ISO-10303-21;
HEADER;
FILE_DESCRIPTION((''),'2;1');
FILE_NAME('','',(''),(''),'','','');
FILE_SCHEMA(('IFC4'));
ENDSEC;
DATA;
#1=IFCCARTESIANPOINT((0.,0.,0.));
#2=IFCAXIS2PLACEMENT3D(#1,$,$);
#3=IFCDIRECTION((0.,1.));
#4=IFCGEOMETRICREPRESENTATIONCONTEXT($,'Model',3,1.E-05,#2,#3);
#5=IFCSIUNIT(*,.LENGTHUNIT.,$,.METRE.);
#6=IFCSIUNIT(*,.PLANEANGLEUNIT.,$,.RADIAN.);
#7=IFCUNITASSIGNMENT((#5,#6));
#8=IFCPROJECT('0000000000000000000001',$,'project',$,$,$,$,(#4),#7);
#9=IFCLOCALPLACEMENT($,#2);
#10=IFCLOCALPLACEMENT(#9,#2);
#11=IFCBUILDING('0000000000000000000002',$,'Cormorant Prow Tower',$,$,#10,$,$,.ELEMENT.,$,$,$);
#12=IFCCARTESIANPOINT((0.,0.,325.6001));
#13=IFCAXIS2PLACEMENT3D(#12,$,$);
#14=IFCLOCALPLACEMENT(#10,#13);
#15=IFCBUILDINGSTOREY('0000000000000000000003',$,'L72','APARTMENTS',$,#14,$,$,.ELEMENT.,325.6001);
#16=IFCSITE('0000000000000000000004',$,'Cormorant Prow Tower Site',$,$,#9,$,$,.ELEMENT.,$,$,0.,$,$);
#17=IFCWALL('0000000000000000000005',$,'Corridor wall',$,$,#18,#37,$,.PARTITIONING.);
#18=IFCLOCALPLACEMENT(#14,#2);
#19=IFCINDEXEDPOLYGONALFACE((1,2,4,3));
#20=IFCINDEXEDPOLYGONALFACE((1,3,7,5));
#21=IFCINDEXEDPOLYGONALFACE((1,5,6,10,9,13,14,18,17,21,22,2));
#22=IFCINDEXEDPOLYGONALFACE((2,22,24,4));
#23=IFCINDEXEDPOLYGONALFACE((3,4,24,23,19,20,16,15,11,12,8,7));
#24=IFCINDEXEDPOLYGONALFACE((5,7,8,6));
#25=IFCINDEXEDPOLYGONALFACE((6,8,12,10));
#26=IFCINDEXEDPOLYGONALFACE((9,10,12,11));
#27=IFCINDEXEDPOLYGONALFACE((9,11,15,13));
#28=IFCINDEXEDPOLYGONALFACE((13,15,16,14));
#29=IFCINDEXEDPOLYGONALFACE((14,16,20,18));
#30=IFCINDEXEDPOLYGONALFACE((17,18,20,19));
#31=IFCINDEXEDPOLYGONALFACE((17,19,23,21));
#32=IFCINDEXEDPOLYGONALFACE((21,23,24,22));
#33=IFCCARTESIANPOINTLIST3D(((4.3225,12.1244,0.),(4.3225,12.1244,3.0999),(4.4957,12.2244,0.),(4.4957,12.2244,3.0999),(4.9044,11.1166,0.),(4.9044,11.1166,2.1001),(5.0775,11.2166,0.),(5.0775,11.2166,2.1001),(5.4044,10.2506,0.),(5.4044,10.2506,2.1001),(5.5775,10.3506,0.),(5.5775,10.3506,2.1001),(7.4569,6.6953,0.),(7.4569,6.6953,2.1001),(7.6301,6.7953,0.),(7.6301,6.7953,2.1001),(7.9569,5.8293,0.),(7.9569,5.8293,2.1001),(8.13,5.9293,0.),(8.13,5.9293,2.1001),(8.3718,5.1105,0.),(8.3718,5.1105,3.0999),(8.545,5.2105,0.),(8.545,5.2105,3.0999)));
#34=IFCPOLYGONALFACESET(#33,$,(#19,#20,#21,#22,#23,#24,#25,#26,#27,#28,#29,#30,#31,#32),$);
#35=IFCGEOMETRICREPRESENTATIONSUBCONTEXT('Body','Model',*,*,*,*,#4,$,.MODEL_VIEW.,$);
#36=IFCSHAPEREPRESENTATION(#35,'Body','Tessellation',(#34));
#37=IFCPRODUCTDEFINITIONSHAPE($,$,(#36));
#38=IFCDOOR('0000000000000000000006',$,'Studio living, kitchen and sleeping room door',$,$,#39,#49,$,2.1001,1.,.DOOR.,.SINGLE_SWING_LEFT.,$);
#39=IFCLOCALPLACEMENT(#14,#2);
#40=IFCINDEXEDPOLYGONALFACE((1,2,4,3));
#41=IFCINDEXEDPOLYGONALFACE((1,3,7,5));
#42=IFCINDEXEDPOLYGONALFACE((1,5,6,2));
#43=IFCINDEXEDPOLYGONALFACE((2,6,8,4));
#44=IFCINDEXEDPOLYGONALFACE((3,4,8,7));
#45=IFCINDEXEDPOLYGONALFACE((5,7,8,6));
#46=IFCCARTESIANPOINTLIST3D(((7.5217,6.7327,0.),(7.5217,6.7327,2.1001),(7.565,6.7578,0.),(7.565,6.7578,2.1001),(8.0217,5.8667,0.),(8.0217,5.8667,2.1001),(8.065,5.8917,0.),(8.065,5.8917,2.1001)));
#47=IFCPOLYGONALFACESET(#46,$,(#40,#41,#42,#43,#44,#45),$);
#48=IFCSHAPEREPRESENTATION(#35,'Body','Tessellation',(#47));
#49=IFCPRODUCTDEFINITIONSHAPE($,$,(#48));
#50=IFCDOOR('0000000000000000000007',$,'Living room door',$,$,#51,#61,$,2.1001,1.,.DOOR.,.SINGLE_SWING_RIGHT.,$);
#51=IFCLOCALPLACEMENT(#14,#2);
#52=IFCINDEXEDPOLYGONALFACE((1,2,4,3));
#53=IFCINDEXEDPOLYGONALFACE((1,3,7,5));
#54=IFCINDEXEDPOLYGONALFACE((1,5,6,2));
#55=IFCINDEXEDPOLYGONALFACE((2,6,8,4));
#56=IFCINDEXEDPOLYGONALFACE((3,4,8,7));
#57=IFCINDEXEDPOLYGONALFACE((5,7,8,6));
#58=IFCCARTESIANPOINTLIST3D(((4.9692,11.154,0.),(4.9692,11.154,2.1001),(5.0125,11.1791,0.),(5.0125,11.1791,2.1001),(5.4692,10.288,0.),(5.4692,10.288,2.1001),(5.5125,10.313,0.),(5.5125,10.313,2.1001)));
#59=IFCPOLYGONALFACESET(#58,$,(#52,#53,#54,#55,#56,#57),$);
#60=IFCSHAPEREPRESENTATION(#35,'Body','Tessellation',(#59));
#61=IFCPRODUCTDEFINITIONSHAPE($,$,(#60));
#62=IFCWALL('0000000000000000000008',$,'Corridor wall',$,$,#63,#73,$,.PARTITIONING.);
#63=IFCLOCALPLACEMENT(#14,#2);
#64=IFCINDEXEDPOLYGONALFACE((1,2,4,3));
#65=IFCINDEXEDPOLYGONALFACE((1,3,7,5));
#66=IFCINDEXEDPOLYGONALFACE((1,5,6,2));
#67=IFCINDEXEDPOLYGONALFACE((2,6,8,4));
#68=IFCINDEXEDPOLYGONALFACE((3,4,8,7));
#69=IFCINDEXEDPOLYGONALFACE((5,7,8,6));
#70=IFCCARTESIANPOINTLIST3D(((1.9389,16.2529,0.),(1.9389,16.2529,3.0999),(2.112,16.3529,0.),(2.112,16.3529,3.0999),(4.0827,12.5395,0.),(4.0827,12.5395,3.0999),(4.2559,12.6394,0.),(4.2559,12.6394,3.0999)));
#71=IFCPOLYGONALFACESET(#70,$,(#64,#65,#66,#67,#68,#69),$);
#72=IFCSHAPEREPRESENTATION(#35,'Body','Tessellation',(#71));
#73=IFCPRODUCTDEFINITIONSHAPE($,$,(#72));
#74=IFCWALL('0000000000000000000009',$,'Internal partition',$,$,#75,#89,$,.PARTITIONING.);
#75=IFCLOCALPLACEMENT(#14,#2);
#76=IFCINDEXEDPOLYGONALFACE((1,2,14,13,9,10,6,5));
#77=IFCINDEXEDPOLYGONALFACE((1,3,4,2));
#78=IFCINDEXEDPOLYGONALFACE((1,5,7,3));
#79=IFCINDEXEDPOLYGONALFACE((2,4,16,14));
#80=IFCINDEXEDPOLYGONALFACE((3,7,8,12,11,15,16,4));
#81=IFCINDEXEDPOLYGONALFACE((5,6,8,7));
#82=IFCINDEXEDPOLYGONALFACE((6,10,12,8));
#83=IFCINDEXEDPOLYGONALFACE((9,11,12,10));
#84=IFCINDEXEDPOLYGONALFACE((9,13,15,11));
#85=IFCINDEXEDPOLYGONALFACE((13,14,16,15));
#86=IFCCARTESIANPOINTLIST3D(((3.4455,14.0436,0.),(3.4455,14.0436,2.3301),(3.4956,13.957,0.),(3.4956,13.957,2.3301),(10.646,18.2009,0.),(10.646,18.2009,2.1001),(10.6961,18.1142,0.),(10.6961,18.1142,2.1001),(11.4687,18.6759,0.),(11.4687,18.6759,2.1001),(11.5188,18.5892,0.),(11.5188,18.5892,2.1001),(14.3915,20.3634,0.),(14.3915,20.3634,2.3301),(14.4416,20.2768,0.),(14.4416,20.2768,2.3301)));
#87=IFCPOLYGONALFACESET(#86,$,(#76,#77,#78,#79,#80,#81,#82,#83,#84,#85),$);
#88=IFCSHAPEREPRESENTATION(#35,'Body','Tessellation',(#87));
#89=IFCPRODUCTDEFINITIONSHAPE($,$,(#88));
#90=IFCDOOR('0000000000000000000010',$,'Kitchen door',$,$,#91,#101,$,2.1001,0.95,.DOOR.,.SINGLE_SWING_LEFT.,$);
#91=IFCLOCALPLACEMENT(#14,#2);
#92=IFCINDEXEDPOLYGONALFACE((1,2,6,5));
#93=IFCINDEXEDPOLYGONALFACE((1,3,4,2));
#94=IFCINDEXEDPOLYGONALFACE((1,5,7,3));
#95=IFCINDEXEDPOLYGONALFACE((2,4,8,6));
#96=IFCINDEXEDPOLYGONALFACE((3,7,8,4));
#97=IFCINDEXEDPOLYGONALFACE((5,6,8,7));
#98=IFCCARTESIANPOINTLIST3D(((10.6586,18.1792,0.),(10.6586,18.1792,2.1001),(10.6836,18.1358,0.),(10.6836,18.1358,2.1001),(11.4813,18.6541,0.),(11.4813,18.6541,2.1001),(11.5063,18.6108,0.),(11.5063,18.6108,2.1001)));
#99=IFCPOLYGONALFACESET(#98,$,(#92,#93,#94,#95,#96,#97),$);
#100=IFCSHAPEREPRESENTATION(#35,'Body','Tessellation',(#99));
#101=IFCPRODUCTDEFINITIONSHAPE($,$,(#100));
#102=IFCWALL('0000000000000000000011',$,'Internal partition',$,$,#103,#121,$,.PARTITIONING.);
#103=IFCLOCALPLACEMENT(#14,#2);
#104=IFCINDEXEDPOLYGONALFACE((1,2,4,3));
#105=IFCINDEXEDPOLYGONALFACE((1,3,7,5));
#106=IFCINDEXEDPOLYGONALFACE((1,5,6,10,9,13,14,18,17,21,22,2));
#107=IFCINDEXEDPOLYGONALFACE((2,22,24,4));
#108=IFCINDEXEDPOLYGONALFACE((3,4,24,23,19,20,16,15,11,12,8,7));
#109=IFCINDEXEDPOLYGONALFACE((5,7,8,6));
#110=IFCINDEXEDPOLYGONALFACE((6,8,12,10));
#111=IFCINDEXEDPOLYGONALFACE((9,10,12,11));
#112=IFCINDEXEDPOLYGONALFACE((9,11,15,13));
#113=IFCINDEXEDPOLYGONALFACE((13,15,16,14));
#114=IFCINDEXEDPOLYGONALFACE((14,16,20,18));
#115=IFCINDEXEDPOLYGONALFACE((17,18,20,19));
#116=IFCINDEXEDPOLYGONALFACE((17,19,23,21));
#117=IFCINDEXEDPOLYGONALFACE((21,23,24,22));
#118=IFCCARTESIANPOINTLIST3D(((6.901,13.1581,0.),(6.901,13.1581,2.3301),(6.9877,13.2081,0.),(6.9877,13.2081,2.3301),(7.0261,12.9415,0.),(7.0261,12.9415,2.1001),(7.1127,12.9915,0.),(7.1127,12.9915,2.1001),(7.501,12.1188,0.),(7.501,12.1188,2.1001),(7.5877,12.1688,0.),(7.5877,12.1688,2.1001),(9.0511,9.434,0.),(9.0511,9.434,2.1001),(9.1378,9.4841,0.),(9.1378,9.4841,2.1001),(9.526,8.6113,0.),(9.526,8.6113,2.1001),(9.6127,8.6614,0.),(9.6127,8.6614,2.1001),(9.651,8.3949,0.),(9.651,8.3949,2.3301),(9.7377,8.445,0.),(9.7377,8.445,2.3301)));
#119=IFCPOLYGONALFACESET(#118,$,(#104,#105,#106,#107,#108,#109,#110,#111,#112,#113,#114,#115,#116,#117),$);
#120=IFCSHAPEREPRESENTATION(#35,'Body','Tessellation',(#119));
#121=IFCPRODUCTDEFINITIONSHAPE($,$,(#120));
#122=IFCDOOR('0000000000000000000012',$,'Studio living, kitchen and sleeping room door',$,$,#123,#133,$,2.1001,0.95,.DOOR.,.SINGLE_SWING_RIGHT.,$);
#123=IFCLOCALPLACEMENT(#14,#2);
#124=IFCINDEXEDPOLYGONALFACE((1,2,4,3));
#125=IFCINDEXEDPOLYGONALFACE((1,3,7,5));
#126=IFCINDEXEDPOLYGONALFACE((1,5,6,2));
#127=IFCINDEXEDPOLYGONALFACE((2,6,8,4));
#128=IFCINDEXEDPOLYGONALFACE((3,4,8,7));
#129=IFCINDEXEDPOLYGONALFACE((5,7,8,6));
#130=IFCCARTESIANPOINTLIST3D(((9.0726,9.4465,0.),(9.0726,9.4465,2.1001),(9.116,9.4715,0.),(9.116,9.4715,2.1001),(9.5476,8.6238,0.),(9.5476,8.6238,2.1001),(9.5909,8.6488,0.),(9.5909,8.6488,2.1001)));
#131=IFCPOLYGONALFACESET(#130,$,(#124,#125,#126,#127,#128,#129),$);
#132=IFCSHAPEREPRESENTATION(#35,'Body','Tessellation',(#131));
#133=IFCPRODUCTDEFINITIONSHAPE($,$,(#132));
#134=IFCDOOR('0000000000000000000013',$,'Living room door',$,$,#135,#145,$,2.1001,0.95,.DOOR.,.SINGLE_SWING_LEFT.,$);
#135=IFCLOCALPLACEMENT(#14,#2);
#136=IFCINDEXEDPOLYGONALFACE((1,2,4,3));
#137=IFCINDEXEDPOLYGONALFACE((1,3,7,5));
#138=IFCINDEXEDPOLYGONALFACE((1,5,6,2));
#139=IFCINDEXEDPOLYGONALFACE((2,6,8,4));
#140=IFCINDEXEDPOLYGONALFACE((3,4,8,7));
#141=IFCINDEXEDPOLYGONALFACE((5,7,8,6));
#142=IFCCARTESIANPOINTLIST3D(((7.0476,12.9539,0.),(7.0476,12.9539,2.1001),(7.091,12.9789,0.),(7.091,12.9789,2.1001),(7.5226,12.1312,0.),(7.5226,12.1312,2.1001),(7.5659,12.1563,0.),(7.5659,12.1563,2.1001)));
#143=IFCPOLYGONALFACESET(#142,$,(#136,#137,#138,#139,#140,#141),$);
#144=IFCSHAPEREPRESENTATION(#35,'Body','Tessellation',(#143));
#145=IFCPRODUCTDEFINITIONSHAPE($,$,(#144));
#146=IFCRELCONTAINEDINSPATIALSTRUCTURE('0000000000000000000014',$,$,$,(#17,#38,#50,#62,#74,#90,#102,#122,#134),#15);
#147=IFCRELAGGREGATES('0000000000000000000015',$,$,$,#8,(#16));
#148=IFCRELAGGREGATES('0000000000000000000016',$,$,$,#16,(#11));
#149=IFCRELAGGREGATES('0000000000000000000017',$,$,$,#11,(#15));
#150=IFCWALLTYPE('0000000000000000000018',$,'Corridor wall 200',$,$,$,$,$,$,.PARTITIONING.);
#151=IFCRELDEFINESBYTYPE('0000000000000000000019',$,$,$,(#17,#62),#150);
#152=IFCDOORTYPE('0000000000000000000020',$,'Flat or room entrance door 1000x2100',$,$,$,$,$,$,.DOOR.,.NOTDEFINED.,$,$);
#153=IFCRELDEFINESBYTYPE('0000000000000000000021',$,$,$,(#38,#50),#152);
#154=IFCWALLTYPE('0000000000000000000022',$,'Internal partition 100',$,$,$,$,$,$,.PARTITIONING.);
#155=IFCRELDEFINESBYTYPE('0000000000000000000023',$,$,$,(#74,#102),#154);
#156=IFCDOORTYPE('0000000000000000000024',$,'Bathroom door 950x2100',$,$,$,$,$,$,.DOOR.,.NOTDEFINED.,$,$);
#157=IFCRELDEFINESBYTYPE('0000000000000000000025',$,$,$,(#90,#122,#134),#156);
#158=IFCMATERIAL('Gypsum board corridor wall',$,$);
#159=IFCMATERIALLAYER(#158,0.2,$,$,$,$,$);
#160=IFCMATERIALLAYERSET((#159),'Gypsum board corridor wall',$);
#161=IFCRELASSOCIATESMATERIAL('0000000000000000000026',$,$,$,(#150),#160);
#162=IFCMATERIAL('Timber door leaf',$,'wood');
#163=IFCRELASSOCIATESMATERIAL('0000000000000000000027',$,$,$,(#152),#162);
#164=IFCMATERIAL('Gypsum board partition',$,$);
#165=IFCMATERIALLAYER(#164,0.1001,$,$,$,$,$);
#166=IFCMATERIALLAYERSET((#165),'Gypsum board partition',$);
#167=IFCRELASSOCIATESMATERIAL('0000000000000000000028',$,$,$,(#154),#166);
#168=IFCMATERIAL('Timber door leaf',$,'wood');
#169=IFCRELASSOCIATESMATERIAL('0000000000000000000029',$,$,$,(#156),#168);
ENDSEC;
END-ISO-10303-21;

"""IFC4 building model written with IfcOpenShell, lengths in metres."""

from ifc_helpers import new_model, si_unit, direction, frame, frame_2d, origin, place, context, subcontext, project, spatial, rectangle, extrude, material, layer, layer_set, type_object, element, fill, save


model = new_model("IFC4")

# Units and contexts
model_context = context("Model", 3, precision=1e-05, world=origin(), true_north=direction((0.0, 1.0)))
body_context = subcontext(model_context, "Body", "Model", "MODEL_VIEW")
ifc_project = project(units=[si_unit("LENGTHUNIT", "METRE"), si_unit("PLANEANGLEUNIT", "RADIAN")], contexts=[model_context])

# Site, building, storey
site_placement = place(None, origin())
site = spatial("IfcSite", under=ifc_project, at=site_placement, Name="Cormorant Prow Tower Site", CompositionType="ELEMENT", RefElevation=0.0)
building_placement = place(site_placement, origin())
building = spatial("IfcBuilding", under=site, at=building_placement, Name="Cormorant Prow Tower", CompositionType="ELEMENT")
storey_placement = place(building_placement, frame((0.0, 0.0, 325.6001)))
storey = spatial("IfcBuildingStorey", under=building, at=storey_placement, Name="L72", Description="APARTMENTS", CompositionType="ELEMENT", Elevation=325.6001)

# Wall, openings, doors
ifc_material_1 = material(Name="Gypsum board corridor wall")
ifc_layer_1 = layer(ifc_material_1, 0.2)
ifc_layer_set_1 = layer_set([ifc_layer_1], Name="Gypsum board corridor wall")
wall_type_1 = type_object("IfcWallType", Name="Corridor wall 200", PredefinedType="PARTITIONING", material=ifc_layer_set_1)
wall_1_placement = place(storey_placement, frame((4.4092, 12.1743, 0.0), z_axis=(0.0, 0.0, 1.0), x_axis=(0.499984, -0.866034, 0.0)))
wall_1 = element("IfcWall", 1, at=wall_1_placement, inside=storey, type_object=wall_type_1, Name="Corridor wall", PredefinedType="PARTITIONING", context=body_context, shape_type="SweptSolid", body=[
    extrude(rectangle(XDim=8.0989, YDim=0.2, at=frame_2d((4.0493, 0.0))), origin(), (0.0, 0.0, 1.0), 3.0999),
])
opening_1_placement = place(wall_1_placement, frame((6.2688, 0.0, 0.0)))
opening_1 = element("IfcOpeningElement", 2, at=opening_1_placement, cuts=wall_1, PredefinedType="OPENING", context=body_context, shape_type="SweptSolid", body=[
    extrude(rectangle(XDim=1.0, YDim=2.1001, at=frame_2d((0.5, 1.05))), frame((0.0, 0.1099, 0.0), z_axis=(0.0, -1.0, 0.0), x_axis=(1.0, 0.0, 0.0)), (0.0, 0.0, 1.0), 0.22),
])
opening_2_placement = place(wall_1_placement, frame((1.1636, 0.0, 0.0)))
opening_2 = element("IfcOpeningElement", 3, at=opening_2_placement, cuts=wall_1, PredefinedType="OPENING", context=body_context, shape_type="SweptSolid", body=[
    extrude(rectangle(XDim=1.0, YDim=2.1001, at=frame_2d((0.5, 1.05))), frame((0.0, 0.1099, 0.0), z_axis=(0.0, -1.0, 0.0), x_axis=(1.0, 0.0, 0.0)), (0.0, 0.0, 1.0), 0.22),
])
ifc_material_2 = material(Name="Timber door leaf", Category="wood")
door_type_1 = type_object("IfcDoorType", Name="Flat or room entrance door 1000x2100", OperationType="NOTDEFINED", PredefinedType="DOOR", material=ifc_material_2)
door_1_placement = place(opening_1_placement, origin())
door_1 = element("IfcDoor", 4, at=door_1_placement, inside=storey, type_object=door_type_1, Name="Studio living, kitchen and sleeping room door", OperationType="SINGLE_SWING_LEFT", OverallHeight=2.1001, OverallWidth=1.0, PredefinedType="DOOR", context=body_context, shape_type="SweptSolid", body=[
    extrude(rectangle(XDim=1.0, YDim=2.1001, at=frame_2d((0.5, 1.05))), frame((0.0, 0.0249, 0.0), z_axis=(0.0, -1.0, 0.0), x_axis=(1.0, 0.0, 0.0)), (0.0, 0.0, 1.0), 0.05),
])
fill(opening_1, door_1)
door_2_placement = place(opening_2_placement, origin())
door_2 = element("IfcDoor", 5, at=door_2_placement, inside=storey, type_object=door_type_1, Name="Living room door", OperationType="SINGLE_SWING_RIGHT", OverallHeight=2.1001, OverallWidth=1.0, PredefinedType="DOOR", context=body_context, shape_type="SweptSolid", body=[
    extrude(rectangle(XDim=1.0, YDim=2.1001, at=frame_2d((0.5, 1.05))), frame((0.0, 0.0249, 0.0), z_axis=(0.0, -1.0, 0.0), x_axis=(1.0, 0.0, 0.0)), (0.0, 0.0, 1.0), 0.05),
])
fill(opening_2, door_2)

# Wall
wall_2_placement = place(storey_placement, frame((2.0254, 16.303, 0.0), z_axis=(0.0, 0.0, 1.0), x_axis=(0.499979, -0.866038, 0.0)))
element("IfcWall", 6, at=wall_2_placement, inside=storey, type_object=wall_type_1, Name="Corridor wall", PredefinedType="PARTITIONING", context=body_context, shape_type="SweptSolid", body=[
    extrude(rectangle(XDim=4.2878, YDim=0.2, at=frame_2d((2.144, 0.0))), origin(), (0.0, 0.0, 1.0), 3.0999),
])

# Wall, opening, door
ifc_material_3 = material(Name="Gypsum board partition")
ifc_layer_2 = layer(ifc_material_3, 0.1001)
ifc_layer_set_2 = layer_set([ifc_layer_2], Name="Gypsum board partition")
wall_type_2 = type_object("IfcWallType", Name="Internal partition 100", PredefinedType="PARTITIONING", material=ifc_layer_set_2)
wall_3_placement = place(storey_placement, frame((3.4705, 14.0002, 0.0), z_axis=(0.0, 0.0, 1.0), x_axis=(0.866021, 0.500007, 0.0)))
wall_3 = element("IfcWall", 7, at=wall_3_placement, inside=storey, type_object=wall_type_2, Name="Internal partition", PredefinedType="PARTITIONING", context=body_context, shape_type="SweptSolid", body=[
    extrude(rectangle(XDim=12.6394, YDim=0.1001, at=frame_2d((6.3198, 0.0))), origin(), (0.0, 0.0, 1.0), 2.3301),
])
opening_3_placement = place(wall_3_placement, frame((8.3145, 0.0, 0.0)))
opening_3 = element("IfcOpeningElement", 8, at=opening_3_placement, cuts=wall_3, PredefinedType="OPENING", context=body_context, shape_type="SweptSolid", body=[
    extrude(rectangle(XDim=0.95, YDim=2.1001, at=frame_2d((0.4751, 1.05))), frame((0.0, 0.0601, 0.0), z_axis=(0.0, -1.0, 0.0), x_axis=(1.0, 0.0, 0.0)), (0.0, 0.0, 1.0), 0.1201),
])
ifc_material_4 = material(Name="Timber door leaf", Category="wood")
door_type_2 = type_object("IfcDoorType", Name="Bathroom door 950x2100", OperationType="NOTDEFINED", PredefinedType="DOOR", material=ifc_material_4)
door_3_placement = place(opening_3_placement, origin())
door_3 = element("IfcDoor", 9, at=door_3_placement, inside=storey, type_object=door_type_2, Name="Kitchen door", OperationType="SINGLE_SWING_LEFT", OverallHeight=2.1001, OverallWidth=0.95, PredefinedType="DOOR", context=body_context, shape_type="SweptSolid", body=[
    extrude(rectangle(XDim=0.95, YDim=2.1001, at=frame_2d((0.4751, 1.05))), frame((0.0, 0.0249, 0.0), z_axis=(0.0, -1.0, 0.0), x_axis=(1.0, 0.0, 0.0)), (0.0, 0.0, 1.0), 0.05),
])
fill(opening_3, door_3)

# Wall, openings, doors
wall_4_placement = place(storey_placement, frame((6.9443, 13.1831, 0.0), z_axis=(0.0, 0.0, 1.0), x_axis=(0.499997, -0.866027, 0.0)))
wall_4 = element("IfcWall", 10, at=wall_4_placement, inside=storey, type_object=wall_type_2, Name="Internal partition", PredefinedType="PARTITIONING", context=body_context, shape_type="SweptSolid", body=[
    extrude(rectangle(XDim=5.5, YDim=0.1001, at=frame_2d((2.75, 0.0))), origin(), (0.0, 0.0, 1.0), 2.3301),
])
opening_4_placement = place(wall_4_placement, frame((4.3, 0.0, 0.0)))
opening_4 = element("IfcOpeningElement", 11, at=opening_4_placement, cuts=wall_4, PredefinedType="OPENING", context=body_context, shape_type="SweptSolid", body=[
    extrude(rectangle(XDim=0.95, YDim=2.1001, at=frame_2d((0.4751, 1.05))), frame((0.0, 0.0601, 0.0), z_axis=(0.0, -1.0, 0.0), x_axis=(1.0, 0.0, 0.0)), (0.0, 0.0, 1.0), 0.1201),
])
opening_5_placement = place(wall_4_placement, frame((0.25, 0.0, 0.0)))
opening_5 = element("IfcOpeningElement", 12, at=opening_5_placement, cuts=wall_4, PredefinedType="OPENING", context=body_context, shape_type="SweptSolid", body=[
    extrude(rectangle(XDim=0.95, YDim=2.1001, at=frame_2d((0.4751, 1.05))), frame((0.0, 0.0601, 0.0), z_axis=(0.0, -1.0, 0.0), x_axis=(1.0, 0.0, 0.0)), (0.0, 0.0, 1.0), 0.1201),
])
door_4_placement = place(opening_4_placement, origin())
door_4 = element("IfcDoor", 13, at=door_4_placement, inside=storey, type_object=door_type_2, Name="Studio living, kitchen and sleeping room door", OperationType="SINGLE_SWING_RIGHT", OverallHeight=2.1001, OverallWidth=0.95, PredefinedType="DOOR", context=body_context, shape_type="SweptSolid", body=[
    extrude(rectangle(XDim=0.95, YDim=2.1001, at=frame_2d((0.4751, 1.05))), frame((0.0, 0.0249, 0.0), z_axis=(0.0, -1.0, 0.0), x_axis=(1.0, 0.0, 0.0)), (0.0, 0.0, 1.0), 0.05),
])
fill(opening_4, door_4)
door_5_placement = place(opening_5_placement, origin())
door_5 = element("IfcDoor", 14, at=door_5_placement, inside=storey, type_object=door_type_2, Name="Living room door", OperationType="SINGLE_SWING_LEFT", OverallHeight=2.1001, OverallWidth=0.95, PredefinedType="DOOR", context=body_context, shape_type="SweptSolid", body=[
    extrude(rectangle(XDim=0.95, YDim=2.1001, at=frame_2d((0.4751, 1.05))), frame((0.0, 0.0249, 0.0), z_axis=(0.0, -1.0, 0.0), x_axis=(1.0, 0.0, 0.0)), (0.0, 0.0, 1.0), 0.05),
])
fill(opening_5, door_5)

save(model, "model.ifc")
